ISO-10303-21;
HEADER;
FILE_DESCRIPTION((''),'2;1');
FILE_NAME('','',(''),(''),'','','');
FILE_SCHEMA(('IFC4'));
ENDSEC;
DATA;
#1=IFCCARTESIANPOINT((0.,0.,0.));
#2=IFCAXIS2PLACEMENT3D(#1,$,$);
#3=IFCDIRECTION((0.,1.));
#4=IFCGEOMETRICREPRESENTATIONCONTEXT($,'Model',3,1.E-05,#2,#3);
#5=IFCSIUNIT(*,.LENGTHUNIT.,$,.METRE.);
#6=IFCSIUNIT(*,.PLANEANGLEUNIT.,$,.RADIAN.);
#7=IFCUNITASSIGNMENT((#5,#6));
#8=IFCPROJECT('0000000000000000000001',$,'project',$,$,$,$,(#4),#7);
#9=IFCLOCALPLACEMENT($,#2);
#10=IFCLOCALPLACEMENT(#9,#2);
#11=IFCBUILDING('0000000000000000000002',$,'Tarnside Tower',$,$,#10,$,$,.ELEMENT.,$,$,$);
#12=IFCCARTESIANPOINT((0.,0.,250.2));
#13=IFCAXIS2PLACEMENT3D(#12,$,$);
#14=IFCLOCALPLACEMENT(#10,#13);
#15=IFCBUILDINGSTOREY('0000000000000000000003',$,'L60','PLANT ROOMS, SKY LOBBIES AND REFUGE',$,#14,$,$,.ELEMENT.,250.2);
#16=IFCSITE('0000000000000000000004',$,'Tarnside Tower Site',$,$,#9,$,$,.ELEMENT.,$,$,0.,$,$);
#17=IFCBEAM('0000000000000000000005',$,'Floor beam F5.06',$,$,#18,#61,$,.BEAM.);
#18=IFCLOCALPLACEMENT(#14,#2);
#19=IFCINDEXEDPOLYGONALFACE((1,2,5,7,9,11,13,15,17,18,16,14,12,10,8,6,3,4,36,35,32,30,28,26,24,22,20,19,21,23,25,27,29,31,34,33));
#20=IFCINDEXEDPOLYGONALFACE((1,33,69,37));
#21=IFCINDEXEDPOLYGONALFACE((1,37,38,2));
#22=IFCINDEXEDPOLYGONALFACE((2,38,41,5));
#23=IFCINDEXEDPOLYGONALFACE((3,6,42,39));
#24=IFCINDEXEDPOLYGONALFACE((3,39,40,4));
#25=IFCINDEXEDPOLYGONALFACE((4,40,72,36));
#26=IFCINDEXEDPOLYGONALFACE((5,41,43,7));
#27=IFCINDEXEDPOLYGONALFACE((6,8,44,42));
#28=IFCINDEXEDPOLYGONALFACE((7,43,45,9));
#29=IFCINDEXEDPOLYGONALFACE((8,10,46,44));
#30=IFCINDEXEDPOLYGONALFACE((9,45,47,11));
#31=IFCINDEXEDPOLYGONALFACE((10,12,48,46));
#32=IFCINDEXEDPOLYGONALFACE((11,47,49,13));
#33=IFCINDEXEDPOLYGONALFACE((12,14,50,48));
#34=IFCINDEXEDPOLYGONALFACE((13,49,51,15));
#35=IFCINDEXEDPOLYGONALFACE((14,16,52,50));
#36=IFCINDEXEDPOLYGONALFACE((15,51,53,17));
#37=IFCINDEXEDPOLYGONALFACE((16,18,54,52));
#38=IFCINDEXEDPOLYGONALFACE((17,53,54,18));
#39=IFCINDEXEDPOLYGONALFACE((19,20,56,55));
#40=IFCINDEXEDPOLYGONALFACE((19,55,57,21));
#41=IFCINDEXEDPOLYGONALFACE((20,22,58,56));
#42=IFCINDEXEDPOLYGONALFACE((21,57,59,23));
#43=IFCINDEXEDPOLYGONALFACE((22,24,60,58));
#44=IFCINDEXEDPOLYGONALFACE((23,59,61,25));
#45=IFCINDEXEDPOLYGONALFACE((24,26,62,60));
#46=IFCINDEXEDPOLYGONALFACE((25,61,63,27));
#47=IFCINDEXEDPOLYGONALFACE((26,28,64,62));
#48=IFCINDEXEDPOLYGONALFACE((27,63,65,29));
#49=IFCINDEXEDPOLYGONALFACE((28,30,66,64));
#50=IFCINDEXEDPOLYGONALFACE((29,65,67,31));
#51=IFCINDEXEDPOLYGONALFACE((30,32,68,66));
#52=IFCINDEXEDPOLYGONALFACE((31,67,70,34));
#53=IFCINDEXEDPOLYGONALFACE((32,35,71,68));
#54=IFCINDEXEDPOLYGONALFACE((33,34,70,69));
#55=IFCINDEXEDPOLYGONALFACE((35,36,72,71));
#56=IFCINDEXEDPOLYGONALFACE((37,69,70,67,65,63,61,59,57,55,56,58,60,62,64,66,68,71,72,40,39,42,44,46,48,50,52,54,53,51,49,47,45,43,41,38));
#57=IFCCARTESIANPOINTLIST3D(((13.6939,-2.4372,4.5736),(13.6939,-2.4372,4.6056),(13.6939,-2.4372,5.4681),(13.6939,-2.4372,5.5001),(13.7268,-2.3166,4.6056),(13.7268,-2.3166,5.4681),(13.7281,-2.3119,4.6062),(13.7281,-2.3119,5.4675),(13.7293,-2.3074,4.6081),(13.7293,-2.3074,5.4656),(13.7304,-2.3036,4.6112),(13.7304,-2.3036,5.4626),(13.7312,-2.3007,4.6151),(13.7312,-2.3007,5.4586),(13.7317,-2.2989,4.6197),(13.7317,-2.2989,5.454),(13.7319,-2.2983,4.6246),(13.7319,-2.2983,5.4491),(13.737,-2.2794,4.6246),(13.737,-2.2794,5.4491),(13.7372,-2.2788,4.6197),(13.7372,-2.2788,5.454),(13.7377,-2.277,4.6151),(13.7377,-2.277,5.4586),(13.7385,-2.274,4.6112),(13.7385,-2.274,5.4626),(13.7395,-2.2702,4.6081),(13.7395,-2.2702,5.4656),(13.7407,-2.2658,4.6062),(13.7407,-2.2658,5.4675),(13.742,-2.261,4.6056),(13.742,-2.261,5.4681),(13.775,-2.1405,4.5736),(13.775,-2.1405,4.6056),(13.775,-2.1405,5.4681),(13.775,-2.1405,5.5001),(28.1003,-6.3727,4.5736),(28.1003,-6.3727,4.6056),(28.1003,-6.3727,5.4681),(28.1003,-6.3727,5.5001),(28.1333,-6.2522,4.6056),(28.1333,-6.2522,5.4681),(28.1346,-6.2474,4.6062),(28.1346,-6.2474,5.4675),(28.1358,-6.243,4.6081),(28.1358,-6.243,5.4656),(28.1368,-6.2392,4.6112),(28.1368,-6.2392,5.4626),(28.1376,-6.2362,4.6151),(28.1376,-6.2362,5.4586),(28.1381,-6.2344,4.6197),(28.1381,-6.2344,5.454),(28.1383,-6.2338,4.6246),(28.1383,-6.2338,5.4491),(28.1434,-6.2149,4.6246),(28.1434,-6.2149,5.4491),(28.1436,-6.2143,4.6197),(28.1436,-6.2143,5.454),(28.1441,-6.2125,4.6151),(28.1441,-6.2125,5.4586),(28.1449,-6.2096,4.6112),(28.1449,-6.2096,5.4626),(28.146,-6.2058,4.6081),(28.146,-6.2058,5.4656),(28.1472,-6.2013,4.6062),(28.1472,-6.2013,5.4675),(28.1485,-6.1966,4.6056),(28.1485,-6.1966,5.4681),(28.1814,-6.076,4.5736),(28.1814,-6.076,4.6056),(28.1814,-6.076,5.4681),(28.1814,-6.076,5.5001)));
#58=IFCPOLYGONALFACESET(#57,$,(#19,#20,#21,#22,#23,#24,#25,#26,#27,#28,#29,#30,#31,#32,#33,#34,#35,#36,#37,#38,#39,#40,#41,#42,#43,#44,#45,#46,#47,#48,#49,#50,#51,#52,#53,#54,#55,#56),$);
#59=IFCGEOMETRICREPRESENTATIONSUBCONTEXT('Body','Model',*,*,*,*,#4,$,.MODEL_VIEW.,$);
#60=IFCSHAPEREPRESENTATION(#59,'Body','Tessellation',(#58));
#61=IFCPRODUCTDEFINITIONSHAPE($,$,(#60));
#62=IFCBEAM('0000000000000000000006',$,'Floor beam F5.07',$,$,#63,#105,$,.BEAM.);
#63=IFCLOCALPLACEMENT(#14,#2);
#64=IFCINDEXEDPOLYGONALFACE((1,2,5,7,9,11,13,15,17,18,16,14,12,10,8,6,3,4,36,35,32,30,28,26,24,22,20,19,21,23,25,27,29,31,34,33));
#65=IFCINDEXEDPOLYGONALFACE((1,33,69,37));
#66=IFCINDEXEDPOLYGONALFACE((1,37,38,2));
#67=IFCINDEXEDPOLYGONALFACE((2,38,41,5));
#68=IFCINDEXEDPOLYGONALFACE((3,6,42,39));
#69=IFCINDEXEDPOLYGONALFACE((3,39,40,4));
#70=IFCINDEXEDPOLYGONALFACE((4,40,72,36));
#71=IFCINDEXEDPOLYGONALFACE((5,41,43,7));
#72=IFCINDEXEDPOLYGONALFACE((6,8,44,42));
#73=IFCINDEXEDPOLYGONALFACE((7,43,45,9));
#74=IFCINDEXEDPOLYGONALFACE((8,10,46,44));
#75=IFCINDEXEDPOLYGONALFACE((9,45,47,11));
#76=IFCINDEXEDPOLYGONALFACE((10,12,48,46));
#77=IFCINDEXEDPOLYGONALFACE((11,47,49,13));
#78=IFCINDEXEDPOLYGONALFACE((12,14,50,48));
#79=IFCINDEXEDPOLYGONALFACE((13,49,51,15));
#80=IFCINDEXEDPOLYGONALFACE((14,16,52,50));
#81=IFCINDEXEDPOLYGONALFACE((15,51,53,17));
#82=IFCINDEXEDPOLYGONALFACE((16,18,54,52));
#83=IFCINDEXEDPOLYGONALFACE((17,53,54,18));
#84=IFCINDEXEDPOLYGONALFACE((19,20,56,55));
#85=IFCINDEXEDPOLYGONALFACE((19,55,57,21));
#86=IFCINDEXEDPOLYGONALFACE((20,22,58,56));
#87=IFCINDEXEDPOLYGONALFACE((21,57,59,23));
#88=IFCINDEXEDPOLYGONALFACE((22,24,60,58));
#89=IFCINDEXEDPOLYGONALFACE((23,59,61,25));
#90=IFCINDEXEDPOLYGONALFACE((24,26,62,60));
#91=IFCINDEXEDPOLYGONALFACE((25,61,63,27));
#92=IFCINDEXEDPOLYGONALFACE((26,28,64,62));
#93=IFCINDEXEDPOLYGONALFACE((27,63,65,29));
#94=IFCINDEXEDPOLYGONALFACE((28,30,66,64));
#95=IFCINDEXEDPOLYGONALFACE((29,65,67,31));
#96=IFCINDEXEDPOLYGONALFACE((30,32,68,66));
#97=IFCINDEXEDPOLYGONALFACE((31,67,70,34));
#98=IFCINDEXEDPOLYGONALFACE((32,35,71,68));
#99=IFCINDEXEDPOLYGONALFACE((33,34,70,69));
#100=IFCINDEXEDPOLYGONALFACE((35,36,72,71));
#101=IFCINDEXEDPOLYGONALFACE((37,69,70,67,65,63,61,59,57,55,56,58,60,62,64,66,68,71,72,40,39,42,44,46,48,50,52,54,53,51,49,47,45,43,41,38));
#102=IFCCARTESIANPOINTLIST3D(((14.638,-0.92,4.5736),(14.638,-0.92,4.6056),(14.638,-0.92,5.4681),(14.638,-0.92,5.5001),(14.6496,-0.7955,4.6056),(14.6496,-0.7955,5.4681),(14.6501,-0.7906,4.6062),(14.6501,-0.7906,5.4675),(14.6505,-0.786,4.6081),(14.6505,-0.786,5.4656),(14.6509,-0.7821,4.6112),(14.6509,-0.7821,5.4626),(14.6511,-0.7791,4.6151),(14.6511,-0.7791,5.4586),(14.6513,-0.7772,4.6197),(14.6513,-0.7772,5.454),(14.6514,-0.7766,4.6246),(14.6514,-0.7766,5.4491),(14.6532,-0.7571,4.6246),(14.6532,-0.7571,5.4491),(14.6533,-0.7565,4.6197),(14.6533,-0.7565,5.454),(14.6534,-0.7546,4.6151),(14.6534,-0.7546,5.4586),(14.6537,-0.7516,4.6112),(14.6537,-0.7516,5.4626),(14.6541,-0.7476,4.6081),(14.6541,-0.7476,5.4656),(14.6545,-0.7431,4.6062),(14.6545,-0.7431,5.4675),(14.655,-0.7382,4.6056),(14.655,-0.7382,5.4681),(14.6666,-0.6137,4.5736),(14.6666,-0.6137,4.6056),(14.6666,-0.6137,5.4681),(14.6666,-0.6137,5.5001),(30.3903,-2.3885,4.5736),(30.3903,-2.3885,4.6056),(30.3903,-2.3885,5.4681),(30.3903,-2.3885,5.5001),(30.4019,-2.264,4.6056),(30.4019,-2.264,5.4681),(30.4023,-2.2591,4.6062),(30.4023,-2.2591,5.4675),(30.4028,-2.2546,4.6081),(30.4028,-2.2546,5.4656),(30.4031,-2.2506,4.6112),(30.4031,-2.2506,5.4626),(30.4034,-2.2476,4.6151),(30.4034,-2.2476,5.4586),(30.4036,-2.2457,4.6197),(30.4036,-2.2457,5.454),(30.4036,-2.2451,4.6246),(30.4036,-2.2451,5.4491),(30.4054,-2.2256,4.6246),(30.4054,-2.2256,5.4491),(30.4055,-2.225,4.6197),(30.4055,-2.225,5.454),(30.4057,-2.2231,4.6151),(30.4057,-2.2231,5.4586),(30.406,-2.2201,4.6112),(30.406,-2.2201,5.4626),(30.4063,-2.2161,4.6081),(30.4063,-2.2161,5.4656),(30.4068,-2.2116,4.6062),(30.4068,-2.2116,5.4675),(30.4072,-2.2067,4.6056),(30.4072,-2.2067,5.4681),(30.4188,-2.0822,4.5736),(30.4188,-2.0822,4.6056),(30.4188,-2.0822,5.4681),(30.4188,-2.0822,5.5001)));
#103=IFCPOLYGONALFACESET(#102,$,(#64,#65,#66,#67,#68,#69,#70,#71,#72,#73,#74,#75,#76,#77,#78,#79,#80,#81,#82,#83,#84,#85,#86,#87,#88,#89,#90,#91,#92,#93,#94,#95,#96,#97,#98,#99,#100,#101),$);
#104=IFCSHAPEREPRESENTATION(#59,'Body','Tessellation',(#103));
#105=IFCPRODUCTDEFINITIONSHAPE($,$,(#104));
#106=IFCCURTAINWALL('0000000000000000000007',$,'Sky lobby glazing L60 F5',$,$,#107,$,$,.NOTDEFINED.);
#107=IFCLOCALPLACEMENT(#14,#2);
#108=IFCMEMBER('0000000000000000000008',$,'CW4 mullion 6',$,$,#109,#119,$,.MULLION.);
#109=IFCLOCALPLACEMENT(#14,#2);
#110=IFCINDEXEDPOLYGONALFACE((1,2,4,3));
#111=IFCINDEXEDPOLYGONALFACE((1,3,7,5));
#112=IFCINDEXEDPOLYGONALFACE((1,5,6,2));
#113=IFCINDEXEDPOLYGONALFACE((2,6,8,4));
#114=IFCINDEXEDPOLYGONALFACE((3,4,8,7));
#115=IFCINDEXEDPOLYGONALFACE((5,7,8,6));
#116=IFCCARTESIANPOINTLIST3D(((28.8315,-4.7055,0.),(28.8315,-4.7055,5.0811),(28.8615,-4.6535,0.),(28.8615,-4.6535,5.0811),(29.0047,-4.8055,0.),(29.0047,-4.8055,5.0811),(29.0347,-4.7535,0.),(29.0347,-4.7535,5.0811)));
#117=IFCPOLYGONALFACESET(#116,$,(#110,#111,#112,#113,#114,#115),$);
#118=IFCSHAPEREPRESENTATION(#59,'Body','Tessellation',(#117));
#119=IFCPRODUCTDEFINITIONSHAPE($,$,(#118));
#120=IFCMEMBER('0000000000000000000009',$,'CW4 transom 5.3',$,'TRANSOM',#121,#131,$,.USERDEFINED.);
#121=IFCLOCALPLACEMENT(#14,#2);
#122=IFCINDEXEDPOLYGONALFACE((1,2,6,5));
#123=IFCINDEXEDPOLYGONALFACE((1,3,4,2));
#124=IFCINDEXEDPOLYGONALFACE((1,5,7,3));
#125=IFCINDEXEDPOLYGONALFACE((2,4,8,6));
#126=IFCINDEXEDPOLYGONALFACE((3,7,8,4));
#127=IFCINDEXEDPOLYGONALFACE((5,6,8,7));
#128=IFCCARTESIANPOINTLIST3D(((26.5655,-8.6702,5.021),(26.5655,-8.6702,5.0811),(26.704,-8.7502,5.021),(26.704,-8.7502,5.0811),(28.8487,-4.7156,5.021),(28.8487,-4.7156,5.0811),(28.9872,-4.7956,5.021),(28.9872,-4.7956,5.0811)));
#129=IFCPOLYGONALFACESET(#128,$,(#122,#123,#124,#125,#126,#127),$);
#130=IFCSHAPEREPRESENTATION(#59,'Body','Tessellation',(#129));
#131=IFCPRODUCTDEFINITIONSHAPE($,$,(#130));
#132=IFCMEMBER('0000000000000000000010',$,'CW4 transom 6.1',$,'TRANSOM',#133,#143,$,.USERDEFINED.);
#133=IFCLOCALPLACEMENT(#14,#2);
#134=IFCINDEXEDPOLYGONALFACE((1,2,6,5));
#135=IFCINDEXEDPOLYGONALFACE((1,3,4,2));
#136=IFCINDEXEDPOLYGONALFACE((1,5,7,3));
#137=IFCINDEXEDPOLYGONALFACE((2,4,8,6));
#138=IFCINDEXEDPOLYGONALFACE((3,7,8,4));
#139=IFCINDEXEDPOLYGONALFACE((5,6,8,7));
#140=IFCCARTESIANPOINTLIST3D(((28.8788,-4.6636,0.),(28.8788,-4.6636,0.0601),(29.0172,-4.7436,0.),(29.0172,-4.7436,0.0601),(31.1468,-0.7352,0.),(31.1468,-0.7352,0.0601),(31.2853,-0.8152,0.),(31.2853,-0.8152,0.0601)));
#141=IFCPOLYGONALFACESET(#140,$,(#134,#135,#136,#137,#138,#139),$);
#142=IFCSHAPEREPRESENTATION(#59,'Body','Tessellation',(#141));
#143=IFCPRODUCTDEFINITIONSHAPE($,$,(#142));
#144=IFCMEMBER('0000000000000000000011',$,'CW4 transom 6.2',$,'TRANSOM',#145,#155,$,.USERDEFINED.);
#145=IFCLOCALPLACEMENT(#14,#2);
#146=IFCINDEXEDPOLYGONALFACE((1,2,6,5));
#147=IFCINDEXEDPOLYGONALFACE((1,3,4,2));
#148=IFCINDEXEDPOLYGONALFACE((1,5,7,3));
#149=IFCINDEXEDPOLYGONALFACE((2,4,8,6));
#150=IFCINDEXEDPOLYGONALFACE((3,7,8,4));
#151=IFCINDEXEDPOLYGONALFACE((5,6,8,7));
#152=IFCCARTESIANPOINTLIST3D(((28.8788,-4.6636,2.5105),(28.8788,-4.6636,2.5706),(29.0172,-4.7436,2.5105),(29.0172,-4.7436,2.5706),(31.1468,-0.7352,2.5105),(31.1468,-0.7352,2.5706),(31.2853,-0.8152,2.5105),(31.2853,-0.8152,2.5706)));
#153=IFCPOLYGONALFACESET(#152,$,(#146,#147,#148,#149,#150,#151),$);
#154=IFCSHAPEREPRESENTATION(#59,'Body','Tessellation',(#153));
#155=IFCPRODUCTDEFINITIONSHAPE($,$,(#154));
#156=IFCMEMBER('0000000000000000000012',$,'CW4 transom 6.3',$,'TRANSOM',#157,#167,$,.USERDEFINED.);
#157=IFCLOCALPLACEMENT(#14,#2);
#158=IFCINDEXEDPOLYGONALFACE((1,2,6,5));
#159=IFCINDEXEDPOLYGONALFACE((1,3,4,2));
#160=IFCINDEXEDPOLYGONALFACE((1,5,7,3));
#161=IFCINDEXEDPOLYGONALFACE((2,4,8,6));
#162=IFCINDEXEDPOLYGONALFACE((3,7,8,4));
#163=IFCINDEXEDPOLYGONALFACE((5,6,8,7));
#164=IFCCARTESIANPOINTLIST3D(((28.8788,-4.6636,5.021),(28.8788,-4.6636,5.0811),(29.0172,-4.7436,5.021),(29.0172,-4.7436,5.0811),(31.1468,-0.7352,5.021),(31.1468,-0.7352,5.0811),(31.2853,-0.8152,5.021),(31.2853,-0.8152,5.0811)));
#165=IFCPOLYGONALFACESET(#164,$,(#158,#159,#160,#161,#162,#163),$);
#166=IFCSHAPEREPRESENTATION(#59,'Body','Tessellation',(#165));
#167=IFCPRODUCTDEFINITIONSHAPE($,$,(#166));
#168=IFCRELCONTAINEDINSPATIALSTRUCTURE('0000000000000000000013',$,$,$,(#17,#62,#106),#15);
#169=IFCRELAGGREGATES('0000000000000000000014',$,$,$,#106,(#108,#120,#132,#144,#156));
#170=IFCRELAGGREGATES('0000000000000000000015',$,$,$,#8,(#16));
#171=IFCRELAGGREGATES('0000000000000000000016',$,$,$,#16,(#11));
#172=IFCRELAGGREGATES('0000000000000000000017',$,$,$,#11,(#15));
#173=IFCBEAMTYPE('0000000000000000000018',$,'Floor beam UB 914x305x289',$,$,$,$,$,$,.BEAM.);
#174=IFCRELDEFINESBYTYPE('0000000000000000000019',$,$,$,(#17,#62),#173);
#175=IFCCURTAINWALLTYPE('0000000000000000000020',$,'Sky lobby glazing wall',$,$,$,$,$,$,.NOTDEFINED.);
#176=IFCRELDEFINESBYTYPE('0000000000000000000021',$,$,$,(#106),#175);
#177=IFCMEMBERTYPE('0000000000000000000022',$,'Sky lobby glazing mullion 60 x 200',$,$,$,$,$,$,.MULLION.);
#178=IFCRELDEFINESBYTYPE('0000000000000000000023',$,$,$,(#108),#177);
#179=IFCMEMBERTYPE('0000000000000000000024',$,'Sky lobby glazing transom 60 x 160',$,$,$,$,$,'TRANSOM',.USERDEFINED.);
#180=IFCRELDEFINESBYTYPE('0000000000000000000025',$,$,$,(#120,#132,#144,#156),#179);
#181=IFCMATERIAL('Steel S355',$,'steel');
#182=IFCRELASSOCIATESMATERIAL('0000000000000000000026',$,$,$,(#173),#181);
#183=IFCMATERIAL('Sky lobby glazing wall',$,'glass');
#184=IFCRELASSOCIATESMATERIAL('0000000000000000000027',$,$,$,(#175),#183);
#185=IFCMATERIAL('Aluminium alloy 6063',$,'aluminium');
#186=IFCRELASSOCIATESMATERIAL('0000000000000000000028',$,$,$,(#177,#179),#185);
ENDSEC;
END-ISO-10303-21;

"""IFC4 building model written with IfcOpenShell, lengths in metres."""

from ifc_helpers import new_model, si_unit, direction, frame, origin, origin_2d, place, context, subcontext, project, spatial, rectangle, i_section, extrude, material, material_profile, profile_set, type_object, element, aggregate, save


model = new_model("IFC4")

# Units and contexts
model_context = context("Model", 3, precision=1e-05, world=origin(), true_north=direction((0.0, 1.0)))
body_context = subcontext(model_context, "Body", "Model", "MODEL_VIEW")
ifc_project = project(units=[si_unit("LENGTHUNIT", "METRE"), si_unit("PLANEANGLEUNIT", "RADIAN")], contexts=[model_context])

# Site, building, storey
site_placement = place(None, origin())
site = spatial("IfcSite", under=ifc_project, at=site_placement, Name="Tarnside Tower Site", CompositionType="ELEMENT", RefElevation=0.0)
building_placement = place(site_placement, origin())
building = spatial("IfcBuilding", under=site, at=building_placement, Name="Tarnside Tower", CompositionType="ELEMENT")
storey_placement = place(building_placement, frame((0.0, 0.0, 250.2)))
storey = spatial("IfcBuildingStorey", under=building, at=storey_placement, Name="L60", Description="PLANT ROOMS, SKY LOBBIES AND REFUGE", CompositionType="ELEMENT", Elevation=250.2)

# Beams
ifc_material_1 = material(Name="Steel S355", Category="steel")
ifc_material_profile_1 = material_profile(ifc_material_1, i_section(OverallWidth=0.3076, OverallDepth=0.9265, WebThickness=0.0195, FlangeThickness=0.032, FilletRadius=0.019, at=origin_2d()), Name="UB 914x305x289")
ifc_profile_set_1 = profile_set([ifc_material_profile_1], Name="Steel S355")
beam_type = type_object("IfcBeamType", Name="Floor beam UB 914x305x289", PredefinedType="BEAM", material=ifc_profile_set_1)
beam_1_placement = place(storey_placement, frame((28.1409, -6.2244, 5.0369), z_axis=(-0.964653, 0.263523, 0.0), x_axis=(-0.263523, -0.964653, 0.0)))
element("IfcBeam", 1, at=beam_1_placement, inside=storey, type_object=beam_type, Name="Floor beam F5.06", PredefinedType="BEAM", context=body_context, shape_type="SweptSolid", body=[
    extrude(i_section(OverallWidth=0.3076, OverallDepth=0.9265, WebThickness=0.0195, FlangeThickness=0.032, FilletRadius=0.019, at=origin_2d()), origin(), (0.0, 0.0, 1.0), 14.9343),
])
beam_2_placement = place(storey_placement, frame((30.4045, -2.2354, 5.0369), z_axis=(-0.995683, 0.092823, 0.0), x_axis=(-0.092823, -0.995683, 0.0)))
element("IfcBeam", 2, at=beam_2_placement, inside=storey, type_object=beam_type, Name="Floor beam F5.07", PredefinedType="BEAM", context=body_context, shape_type="SweptSolid", body=[
    extrude(i_section(OverallWidth=0.3076, OverallDepth=0.9265, WebThickness=0.0195, FlangeThickness=0.032, FilletRadius=0.019, at=origin_2d()), origin(), (0.0, 0.0, 1.0), 15.8206),
])

# Curtain wall, members
ifc_material_2 = material(Name="Sky lobby glazing wall", Category="glass")
curtain_wall_type = type_object("IfcCurtainWallType", Name="Sky lobby glazing wall", PredefinedType="NOTDEFINED", material=ifc_material_2)
curtain_wall_placement = place(storey_placement, origin())
curtain_wall = element("IfcCurtainWall", 3, at=curtain_wall_placement, inside=storey, type_object=curtain_wall_type, Name="Sky lobby glazing L60 F5", PredefinedType="NOTDEFINED")
ifc_material_3 = material(Name="Aluminium alloy 6063", Category="aluminium")
ifc_material_profile_2 = material_profile(ifc_material_3, rectangle(XDim=0.2, YDim=0.0601, at=origin_2d()), Name="Sky lobby glazing mullion 60 x 200")
ifc_profile_set_2 = profile_set([ifc_material_profile_2], Name="Aluminium alloy 6063")
member_type_1 = type_object("IfcMemberType", Name="Sky lobby glazing mullion 60 x 200", PredefinedType="MULLION", material=ifc_profile_set_2)
member_1_placement = place(storey_placement, frame((28.9331, -4.7295, 0.0), z_axis=(0.0, 0.0, 1.0), x_axis=(-0.866025, 0.5, 0.0)))
member_1 = element("IfcMember", 4, at=member_1_placement, type_object=member_type_1, Name="CW4 mullion 6", PredefinedType="MULLION", context=body_context, shape_type="SweptSolid", body=[
    extrude(rectangle(XDim=0.2, YDim=0.0601, at=origin_2d()), origin(), (0.0, 0.0, 1.0), 5.0811),
])
ifc_material_profile_3 = material_profile(ifc_material_3, rectangle(XDim=0.1599, YDim=0.0601, at=origin_2d()), Name="Sky lobby glazing transom 60 x 160")
ifc_profile_set_3 = profile_set([ifc_material_profile_3], Name="Aluminium alloy 6063")
member_type_2 = type_object("IfcMemberType", Name="Sky lobby glazing transom 60 x 160", ElementType="TRANSOM", PredefinedType="USERDEFINED", material=ifc_profile_set_3)
member_2_placement = place(storey_placement, frame((26.6348, -8.7102, 5.051), z_axis=(0.500003, 0.866024, 0.0), x_axis=(-0.866024, 0.500003, 0.0)))
member_2 = element("IfcMember", 5, at=member_2_placement, type_object=member_type_2, Name="CW4 transom 5.3", ObjectType="TRANSOM", PredefinedType="USERDEFINED", context=body_context, shape_type="SweptSolid", body=[
    extrude(rectangle(XDim=0.1599, YDim=0.0601, at=origin_2d()), origin(), (0.0, 0.0, 1.0), 4.5664),
])
member_3_placement = place(storey_placement, frame((28.948, -4.7036, 0.03), z_axis=(0.499994, 0.866029, 0.0), x_axis=(-0.866029, 0.499994, 0.0)))
member_3 = element("IfcMember", 6, at=member_3_placement, type_object=member_type_2, Name="CW4 transom 6.1", ObjectType="TRANSOM", PredefinedType="USERDEFINED", context=body_context, shape_type="SweptSolid", body=[
    extrude(rectangle(XDim=0.1599, YDim=0.0601, at=origin_2d()), origin(), (0.0, 0.0, 1.0), 4.5361),
])
member_4_placement = place(storey_placement, frame((28.948, -4.7036, 2.5405), z_axis=(0.499994, 0.866029, 0.0), x_axis=(-0.866029, 0.499994, 0.0)))
member_4 = element("IfcMember", 7, at=member_4_placement, type_object=member_type_2, Name="CW4 transom 6.2", ObjectType="TRANSOM", PredefinedType="USERDEFINED", context=body_context, shape_type="SweptSolid", body=[
    extrude(rectangle(XDim=0.1599, YDim=0.0601, at=origin_2d()), origin(), (0.0, 0.0, 1.0), 4.5361),
])
member_5_placement = place(storey_placement, frame((28.948, -4.7036, 5.051), z_axis=(0.499994, 0.866029, 0.0), x_axis=(-0.866029, 0.499994, 0.0)))
member_5 = element("IfcMember", 8, at=member_5_placement, type_object=member_type_2, Name="CW4 transom 6.3", ObjectType="TRANSOM", PredefinedType="USERDEFINED", context=body_context, shape_type="SweptSolid", body=[
    extrude(rectangle(XDim=0.1599, YDim=0.0601, at=origin_2d()), origin(), (0.0, 0.0, 1.0), 4.5361),
])

aggregate(curtain_wall, [member_1, member_2, member_3, member_4, member_5])

save(model, "model.ifc")
